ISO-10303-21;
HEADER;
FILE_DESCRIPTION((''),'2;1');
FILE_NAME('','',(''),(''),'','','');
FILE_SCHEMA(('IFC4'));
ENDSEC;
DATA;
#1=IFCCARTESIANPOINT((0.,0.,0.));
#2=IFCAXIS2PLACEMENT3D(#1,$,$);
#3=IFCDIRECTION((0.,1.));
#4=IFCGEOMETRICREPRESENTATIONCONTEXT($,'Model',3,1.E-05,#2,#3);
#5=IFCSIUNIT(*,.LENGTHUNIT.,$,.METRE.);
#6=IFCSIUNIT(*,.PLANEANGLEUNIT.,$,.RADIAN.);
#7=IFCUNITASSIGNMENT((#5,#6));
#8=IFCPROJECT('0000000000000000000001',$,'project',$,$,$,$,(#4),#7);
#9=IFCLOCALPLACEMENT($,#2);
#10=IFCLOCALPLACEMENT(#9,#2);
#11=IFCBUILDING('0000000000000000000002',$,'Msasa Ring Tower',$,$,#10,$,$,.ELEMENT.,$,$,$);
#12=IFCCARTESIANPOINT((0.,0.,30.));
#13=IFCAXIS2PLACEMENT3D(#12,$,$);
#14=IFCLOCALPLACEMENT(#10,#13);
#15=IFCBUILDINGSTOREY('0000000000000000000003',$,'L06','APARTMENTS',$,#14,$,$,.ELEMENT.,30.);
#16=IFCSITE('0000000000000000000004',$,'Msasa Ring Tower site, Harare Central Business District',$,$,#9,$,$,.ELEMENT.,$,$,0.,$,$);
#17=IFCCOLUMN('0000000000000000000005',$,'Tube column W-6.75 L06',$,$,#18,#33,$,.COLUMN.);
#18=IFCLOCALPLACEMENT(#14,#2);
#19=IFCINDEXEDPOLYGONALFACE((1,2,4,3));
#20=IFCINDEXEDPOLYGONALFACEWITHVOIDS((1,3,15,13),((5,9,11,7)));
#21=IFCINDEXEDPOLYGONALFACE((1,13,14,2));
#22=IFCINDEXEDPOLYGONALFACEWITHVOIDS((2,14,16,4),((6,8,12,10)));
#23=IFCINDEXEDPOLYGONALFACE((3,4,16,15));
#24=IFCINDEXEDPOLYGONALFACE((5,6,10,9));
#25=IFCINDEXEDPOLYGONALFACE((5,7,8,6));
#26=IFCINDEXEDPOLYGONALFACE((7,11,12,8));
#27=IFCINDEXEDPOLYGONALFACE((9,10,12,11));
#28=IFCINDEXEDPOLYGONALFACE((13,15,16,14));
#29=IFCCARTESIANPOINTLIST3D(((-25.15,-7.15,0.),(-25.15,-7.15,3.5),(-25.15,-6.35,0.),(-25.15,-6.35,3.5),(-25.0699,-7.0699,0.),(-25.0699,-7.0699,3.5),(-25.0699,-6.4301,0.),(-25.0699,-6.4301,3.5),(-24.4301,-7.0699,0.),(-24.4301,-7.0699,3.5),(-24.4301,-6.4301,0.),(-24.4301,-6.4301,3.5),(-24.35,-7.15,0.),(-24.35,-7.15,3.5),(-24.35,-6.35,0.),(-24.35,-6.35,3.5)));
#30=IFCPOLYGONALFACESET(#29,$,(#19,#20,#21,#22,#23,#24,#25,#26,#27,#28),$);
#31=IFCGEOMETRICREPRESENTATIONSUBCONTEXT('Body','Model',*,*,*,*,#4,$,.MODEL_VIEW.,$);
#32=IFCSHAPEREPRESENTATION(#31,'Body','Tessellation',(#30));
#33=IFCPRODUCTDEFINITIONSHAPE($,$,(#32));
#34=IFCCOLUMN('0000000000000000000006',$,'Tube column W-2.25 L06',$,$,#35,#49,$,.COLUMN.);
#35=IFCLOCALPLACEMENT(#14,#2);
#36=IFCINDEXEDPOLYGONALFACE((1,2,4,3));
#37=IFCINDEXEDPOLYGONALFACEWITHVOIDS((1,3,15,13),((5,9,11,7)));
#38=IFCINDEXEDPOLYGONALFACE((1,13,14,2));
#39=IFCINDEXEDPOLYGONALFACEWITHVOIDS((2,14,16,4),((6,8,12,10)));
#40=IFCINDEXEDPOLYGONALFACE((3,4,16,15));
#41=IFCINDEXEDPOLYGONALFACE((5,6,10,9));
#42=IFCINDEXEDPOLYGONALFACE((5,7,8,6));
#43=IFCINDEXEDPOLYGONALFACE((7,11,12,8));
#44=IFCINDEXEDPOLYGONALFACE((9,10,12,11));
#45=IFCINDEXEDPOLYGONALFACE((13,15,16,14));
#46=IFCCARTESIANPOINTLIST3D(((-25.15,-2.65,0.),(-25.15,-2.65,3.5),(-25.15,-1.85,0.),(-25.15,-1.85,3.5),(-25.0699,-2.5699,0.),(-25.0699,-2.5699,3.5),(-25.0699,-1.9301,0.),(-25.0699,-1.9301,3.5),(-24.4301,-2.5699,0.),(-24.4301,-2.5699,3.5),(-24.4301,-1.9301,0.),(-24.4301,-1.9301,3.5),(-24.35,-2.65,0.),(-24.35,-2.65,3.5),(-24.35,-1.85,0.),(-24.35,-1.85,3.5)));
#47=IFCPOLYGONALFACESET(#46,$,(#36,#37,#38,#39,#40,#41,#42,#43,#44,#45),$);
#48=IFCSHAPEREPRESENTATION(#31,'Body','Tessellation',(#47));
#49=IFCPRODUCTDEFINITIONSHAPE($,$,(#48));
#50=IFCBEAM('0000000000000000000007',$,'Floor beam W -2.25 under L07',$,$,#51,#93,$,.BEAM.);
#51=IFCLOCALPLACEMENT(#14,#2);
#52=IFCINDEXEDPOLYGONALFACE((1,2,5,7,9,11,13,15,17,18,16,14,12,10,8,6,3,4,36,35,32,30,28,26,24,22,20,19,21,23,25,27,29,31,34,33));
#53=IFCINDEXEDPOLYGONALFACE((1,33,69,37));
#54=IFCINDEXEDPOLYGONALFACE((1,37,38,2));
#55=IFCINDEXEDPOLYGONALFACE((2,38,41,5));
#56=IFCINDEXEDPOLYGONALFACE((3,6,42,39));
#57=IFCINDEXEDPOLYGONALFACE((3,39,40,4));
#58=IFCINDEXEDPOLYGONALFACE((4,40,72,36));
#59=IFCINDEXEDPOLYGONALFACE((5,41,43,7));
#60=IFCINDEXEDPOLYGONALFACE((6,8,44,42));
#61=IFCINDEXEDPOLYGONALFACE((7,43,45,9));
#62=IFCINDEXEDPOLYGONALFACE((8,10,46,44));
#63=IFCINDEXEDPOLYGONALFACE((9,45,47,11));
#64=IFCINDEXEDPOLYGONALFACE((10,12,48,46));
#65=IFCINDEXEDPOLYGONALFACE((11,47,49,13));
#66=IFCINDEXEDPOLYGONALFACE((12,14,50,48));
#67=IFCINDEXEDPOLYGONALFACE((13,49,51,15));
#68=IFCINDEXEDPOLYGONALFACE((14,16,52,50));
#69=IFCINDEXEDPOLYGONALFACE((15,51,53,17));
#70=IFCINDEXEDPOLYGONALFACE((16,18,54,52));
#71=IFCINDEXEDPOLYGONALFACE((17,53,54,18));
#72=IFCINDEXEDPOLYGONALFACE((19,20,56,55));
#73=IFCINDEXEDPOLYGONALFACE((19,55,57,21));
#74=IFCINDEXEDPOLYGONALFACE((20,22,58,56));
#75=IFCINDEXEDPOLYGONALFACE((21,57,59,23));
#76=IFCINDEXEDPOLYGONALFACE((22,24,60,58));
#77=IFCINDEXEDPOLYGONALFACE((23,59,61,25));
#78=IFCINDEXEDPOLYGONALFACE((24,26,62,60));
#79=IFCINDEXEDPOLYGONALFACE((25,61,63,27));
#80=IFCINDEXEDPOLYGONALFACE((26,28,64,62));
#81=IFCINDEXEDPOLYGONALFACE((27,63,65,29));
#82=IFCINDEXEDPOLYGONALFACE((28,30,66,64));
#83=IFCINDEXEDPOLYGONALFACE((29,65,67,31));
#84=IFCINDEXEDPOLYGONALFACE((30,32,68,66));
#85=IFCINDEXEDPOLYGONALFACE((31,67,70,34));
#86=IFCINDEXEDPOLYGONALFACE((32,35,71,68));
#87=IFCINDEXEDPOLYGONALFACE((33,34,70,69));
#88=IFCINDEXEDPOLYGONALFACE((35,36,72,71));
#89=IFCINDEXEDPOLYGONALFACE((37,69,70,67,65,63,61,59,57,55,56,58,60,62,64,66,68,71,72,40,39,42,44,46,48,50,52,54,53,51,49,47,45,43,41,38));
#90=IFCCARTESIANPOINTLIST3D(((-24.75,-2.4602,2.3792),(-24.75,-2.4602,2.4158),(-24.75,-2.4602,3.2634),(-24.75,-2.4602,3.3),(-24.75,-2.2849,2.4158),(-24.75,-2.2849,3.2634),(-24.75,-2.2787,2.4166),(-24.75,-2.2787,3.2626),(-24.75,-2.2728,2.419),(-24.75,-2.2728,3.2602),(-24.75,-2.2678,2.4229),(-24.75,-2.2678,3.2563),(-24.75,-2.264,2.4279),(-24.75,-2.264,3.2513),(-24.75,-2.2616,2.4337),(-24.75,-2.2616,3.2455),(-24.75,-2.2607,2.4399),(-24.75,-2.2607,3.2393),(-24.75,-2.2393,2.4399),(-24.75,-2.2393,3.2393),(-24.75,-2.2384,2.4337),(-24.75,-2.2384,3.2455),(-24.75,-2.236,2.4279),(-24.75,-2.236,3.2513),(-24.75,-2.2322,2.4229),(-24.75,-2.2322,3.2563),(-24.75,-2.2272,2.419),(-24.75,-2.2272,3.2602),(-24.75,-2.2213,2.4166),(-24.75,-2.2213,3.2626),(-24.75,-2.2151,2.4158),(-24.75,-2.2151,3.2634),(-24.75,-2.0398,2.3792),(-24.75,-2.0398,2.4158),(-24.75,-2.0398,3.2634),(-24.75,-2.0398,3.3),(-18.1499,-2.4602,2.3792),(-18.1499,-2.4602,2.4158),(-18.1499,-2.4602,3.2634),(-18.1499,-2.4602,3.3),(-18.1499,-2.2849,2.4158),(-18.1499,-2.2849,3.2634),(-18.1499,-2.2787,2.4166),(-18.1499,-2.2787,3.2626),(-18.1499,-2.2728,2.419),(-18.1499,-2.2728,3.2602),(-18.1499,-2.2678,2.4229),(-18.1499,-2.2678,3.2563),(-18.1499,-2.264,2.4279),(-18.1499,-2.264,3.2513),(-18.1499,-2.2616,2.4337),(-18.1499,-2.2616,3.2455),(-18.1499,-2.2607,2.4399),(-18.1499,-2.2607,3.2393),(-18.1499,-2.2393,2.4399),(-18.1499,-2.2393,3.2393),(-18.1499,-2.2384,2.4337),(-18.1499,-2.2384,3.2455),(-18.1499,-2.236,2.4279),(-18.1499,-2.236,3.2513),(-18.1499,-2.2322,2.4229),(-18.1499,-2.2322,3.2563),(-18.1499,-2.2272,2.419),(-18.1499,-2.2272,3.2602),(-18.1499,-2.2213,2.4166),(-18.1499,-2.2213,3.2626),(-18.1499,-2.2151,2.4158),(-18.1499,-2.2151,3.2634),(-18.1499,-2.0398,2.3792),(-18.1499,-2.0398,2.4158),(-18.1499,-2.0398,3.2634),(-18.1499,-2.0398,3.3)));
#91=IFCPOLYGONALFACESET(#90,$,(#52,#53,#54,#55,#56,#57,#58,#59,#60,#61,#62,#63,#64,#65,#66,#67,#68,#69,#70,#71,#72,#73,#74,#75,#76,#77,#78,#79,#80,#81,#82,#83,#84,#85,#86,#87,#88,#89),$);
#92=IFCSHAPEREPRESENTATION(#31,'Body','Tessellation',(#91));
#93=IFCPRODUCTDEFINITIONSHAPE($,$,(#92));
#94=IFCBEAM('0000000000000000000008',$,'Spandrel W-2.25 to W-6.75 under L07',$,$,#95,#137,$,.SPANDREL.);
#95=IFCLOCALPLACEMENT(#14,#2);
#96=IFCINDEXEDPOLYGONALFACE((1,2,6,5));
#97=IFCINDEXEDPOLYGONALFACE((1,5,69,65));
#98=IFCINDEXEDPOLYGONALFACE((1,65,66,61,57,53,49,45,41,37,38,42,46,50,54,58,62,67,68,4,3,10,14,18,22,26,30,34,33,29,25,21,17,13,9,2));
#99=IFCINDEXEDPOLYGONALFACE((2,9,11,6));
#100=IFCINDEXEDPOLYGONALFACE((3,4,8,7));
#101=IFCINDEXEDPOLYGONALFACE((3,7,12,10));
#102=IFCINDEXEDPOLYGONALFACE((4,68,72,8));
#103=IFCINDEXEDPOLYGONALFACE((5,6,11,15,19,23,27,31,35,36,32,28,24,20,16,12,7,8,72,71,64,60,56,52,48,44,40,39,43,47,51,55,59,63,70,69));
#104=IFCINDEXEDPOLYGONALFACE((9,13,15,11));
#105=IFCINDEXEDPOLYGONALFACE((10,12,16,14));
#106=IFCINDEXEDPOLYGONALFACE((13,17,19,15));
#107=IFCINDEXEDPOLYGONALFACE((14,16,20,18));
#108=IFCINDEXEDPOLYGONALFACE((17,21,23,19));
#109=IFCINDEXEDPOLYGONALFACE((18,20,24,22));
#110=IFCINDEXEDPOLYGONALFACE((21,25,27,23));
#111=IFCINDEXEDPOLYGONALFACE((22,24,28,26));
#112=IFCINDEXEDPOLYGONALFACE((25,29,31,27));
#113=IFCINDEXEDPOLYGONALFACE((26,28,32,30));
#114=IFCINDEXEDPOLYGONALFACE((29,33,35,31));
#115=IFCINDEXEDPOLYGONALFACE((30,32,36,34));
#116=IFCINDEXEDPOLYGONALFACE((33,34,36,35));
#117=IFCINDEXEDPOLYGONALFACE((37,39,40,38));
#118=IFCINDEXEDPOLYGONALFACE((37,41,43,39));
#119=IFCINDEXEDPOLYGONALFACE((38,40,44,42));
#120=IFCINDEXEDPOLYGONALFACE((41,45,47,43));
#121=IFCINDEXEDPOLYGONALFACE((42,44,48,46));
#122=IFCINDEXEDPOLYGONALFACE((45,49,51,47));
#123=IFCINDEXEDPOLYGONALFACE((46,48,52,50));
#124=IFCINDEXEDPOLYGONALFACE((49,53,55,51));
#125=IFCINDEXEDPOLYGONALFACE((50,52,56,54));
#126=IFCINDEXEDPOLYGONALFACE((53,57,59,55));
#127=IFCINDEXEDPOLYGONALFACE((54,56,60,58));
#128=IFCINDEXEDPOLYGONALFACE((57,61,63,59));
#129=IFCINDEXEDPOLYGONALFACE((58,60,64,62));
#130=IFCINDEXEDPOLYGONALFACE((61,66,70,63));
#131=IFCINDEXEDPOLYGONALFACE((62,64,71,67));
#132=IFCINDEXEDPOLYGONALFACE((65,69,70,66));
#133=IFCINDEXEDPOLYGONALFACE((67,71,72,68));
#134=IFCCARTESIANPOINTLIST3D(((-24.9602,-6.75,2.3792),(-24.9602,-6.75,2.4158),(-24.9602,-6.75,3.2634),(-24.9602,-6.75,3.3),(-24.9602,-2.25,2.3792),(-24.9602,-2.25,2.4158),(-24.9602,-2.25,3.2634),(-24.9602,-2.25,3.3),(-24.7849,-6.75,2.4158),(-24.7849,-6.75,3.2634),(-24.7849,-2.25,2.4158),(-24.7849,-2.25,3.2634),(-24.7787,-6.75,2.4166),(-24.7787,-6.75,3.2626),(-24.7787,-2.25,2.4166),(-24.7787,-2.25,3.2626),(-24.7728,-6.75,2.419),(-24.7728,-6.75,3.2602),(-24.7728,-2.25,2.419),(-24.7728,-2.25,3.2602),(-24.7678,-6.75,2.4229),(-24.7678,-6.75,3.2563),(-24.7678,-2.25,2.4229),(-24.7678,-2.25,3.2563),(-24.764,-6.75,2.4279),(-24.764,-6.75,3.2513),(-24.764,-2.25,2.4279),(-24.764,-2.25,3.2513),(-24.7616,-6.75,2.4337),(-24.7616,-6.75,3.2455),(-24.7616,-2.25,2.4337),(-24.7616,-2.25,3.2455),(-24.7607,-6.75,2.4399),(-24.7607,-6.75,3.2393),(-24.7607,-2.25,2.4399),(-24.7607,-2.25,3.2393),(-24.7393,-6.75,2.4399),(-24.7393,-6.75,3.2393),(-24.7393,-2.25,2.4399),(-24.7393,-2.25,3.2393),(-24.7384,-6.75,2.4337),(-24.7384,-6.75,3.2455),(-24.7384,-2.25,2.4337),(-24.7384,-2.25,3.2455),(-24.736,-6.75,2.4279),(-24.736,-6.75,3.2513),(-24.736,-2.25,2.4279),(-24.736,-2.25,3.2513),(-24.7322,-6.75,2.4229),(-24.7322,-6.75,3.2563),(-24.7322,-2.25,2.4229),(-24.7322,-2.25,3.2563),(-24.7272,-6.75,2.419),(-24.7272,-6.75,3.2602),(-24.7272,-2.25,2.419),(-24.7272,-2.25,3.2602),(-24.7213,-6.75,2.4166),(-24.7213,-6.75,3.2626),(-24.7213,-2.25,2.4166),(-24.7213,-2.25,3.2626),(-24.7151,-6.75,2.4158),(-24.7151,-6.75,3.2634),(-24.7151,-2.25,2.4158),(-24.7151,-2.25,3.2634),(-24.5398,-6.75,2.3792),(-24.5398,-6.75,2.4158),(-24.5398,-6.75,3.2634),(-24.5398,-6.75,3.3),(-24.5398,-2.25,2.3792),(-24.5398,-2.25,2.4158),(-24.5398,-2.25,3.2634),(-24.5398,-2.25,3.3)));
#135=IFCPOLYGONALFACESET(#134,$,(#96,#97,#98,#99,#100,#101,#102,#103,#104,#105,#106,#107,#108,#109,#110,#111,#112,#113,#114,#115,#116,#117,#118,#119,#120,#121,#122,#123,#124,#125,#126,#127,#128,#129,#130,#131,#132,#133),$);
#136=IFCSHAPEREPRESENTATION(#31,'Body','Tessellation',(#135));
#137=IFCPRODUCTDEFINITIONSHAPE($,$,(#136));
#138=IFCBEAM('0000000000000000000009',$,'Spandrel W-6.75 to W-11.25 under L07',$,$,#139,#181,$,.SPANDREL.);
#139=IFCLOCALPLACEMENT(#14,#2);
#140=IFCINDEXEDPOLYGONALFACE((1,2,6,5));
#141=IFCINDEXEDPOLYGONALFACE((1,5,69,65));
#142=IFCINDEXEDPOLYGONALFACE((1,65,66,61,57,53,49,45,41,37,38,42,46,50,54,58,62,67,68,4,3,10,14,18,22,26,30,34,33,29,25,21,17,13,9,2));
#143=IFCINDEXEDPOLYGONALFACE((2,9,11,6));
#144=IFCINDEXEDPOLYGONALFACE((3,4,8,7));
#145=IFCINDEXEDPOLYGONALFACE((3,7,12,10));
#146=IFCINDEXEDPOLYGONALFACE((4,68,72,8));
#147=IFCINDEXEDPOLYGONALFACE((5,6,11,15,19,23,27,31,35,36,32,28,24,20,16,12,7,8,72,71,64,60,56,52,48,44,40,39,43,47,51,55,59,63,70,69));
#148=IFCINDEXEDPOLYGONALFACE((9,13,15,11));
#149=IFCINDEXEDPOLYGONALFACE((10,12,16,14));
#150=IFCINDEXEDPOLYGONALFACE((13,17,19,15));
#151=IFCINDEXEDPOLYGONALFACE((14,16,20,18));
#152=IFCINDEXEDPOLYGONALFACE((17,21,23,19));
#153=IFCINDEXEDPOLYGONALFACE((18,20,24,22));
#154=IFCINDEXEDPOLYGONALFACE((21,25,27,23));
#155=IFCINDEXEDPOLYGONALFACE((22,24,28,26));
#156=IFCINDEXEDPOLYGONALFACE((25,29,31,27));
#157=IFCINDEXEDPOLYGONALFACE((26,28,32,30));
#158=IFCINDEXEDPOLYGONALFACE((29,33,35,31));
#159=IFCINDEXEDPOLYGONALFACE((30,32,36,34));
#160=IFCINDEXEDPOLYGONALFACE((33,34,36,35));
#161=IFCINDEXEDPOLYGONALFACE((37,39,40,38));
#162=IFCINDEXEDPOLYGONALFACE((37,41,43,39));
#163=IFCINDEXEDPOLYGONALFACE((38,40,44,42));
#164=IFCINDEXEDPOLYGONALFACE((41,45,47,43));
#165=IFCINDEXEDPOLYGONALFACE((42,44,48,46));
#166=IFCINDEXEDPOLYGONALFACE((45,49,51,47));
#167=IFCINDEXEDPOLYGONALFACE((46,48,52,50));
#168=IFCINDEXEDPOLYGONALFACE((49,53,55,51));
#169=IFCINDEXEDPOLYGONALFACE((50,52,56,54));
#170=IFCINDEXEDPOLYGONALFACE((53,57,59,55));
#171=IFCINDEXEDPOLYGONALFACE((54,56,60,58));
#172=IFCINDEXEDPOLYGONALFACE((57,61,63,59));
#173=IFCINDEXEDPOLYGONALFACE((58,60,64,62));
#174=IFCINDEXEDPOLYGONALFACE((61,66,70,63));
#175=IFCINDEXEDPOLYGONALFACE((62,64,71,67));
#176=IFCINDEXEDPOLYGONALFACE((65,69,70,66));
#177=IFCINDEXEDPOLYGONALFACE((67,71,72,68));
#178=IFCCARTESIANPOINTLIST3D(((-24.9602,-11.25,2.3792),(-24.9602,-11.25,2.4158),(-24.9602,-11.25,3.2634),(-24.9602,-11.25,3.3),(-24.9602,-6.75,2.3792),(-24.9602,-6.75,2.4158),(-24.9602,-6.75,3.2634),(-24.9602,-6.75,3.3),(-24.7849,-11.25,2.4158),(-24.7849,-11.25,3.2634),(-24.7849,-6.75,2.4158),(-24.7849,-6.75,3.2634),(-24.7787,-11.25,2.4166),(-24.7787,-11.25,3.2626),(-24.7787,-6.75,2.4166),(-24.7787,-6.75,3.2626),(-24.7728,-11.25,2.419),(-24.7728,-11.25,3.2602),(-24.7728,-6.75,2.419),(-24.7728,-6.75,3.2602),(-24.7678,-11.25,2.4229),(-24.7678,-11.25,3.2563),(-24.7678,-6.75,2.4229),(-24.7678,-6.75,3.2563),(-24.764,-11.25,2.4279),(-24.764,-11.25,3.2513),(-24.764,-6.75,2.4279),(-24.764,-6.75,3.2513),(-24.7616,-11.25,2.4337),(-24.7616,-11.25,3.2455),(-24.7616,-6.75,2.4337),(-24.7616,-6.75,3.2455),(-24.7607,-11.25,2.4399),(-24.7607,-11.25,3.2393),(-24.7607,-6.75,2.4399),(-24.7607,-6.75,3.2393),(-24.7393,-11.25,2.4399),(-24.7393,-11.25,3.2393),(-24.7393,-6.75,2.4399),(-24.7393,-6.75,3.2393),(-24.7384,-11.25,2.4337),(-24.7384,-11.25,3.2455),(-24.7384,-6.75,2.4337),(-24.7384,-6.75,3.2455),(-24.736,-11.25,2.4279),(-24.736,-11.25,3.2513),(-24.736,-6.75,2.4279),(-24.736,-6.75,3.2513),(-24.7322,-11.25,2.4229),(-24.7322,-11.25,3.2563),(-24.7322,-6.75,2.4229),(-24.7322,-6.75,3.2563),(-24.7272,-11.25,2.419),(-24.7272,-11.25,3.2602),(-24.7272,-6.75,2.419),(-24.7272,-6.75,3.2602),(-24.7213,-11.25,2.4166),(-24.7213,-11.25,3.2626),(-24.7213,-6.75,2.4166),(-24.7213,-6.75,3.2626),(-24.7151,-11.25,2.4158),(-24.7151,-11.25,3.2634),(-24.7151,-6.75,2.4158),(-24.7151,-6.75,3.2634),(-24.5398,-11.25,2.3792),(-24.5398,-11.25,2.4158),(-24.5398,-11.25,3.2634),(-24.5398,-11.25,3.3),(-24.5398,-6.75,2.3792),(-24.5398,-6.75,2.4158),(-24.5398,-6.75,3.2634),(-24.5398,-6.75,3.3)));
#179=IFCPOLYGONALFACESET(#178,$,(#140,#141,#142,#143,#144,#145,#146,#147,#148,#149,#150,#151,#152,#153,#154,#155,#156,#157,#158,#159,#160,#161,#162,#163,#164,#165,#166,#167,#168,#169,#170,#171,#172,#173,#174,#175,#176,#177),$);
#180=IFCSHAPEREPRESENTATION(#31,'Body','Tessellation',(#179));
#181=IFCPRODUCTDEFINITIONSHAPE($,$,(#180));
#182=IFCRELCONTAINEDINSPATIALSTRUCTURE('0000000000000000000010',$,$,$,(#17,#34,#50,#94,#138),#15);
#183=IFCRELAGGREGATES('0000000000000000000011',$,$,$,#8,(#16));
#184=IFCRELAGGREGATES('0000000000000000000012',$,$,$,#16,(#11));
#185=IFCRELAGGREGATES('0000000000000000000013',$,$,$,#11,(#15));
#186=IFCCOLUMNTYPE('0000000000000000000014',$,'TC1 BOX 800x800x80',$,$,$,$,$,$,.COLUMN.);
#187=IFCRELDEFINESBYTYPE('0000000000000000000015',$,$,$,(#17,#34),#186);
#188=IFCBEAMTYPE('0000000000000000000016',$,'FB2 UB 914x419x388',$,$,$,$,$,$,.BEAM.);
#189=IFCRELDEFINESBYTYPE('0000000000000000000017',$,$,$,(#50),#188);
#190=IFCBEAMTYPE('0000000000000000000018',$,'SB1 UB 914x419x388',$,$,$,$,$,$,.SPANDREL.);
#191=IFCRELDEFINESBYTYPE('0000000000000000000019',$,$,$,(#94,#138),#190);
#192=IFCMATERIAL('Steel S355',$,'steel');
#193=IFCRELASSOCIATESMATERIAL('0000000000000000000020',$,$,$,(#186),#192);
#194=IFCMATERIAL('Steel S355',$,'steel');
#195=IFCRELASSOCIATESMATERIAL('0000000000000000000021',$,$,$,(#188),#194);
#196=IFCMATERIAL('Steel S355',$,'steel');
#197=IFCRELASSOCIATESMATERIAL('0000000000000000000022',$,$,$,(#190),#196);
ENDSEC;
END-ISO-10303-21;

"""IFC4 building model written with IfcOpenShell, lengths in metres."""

from ifc_helpers import new_model, si_unit, direction, frame, origin, origin_2d, place, context, subcontext, project, spatial, hollow_rectangle, i_section, extrude, material, material_profile, profile_set, type_object, element, save


model = new_model("IFC4")

# Units and contexts
model_context = context("Model", 3, precision=1e-05, world=origin(), true_north=direction((0.0, 1.0)))
body_context = subcontext(model_context, "Body", "Model", "MODEL_VIEW")
ifc_project = project(units=[si_unit("LENGTHUNIT", "METRE"), si_unit("PLANEANGLEUNIT", "RADIAN")], contexts=[model_context])

# Site, building, storey
site_placement = place(None, origin())
site = spatial("IfcSite", under=ifc_project, at=site_placement, Name="Msasa Ring Tower site, Harare Central Business District", CompositionType="ELEMENT", RefElevation=0.0)
building_placement = place(site_placement, origin())
building = spatial("IfcBuilding", under=site, at=building_placement, Name="Msasa Ring Tower", CompositionType="ELEMENT")
storey_placement = place(building_placement, frame((0.0, 0.0, 30.0)))
storey = spatial("IfcBuildingStorey", under=building, at=storey_placement, Name="L06", Description="APARTMENTS", CompositionType="ELEMENT", Elevation=30.0)

# Columns
ifc_material_1 = material(Name="Steel S355", Category="steel")
ifc_material_profile_1 = material_profile(ifc_material_1, hollow_rectangle(XDim=0.8, YDim=0.8, WallThickness=0.0801, at=origin_2d()), Name="BOX 800x800x80")
ifc_profile_set_1 = profile_set([ifc_material_profile_1], Name="Steel S355")
column_type = type_object("IfcColumnType", Name="TC1 BOX 800x800x80", PredefinedType="COLUMN", material=ifc_profile_set_1)
for number, where, z_axis, x_axis, name in (
    (1, (-24.75, -6.75, 0.0), (0.0, 0.0, 1.0), (1.0, 0.0, 0.0), "Tube column W-6.75 L06"),
    (2, (-24.75, -2.25, 0.0), (0.0, 0.0, 1.0), (1.0, 0.0, 0.0), "Tube column W-2.25 L06"),
):
    element("IfcColumn", number, at=place(storey_placement, frame(where, z_axis=z_axis, x_axis=x_axis)), inside=storey, type_object=column_type, Name=name, PredefinedType="COLUMN", context=body_context, shape_type="SweptSolid", body=[
        extrude(hollow_rectangle(XDim=0.8, YDim=0.8, WallThickness=0.0801, at=origin_2d()), origin(), (0.0, 0.0, 1.0), 3.5),
    ])

# Beams
ifc_material_2 = material(Name="Steel S355", Category="steel")
ifc_material_profile_2 = material_profile(ifc_material_2, i_section(OverallWidth=0.4204, OverallDepth=0.9209, WebThickness=0.0215, FlangeThickness=0.0366, FilletRadius=0.0242, at=origin_2d()), Name="UB 914x419x388")
ifc_profile_set_2 = profile_set([ifc_material_profile_2], Name="Steel S355")
beam_type_1 = type_object("IfcBeamType", Name="FB2 UB 914x419x388", PredefinedType="BEAM", material=ifc_profile_set_2)
beam_placement = place(storey_placement, frame((-24.75, -2.25, 2.8396), z_axis=(1.0, 0.0, 0.0), x_axis=(0.0, 1.0, 0.0)))
element("IfcBeam", 3, at=beam_placement, inside=storey, type_object=beam_type_1, Name="Floor beam W -2.25 under L07", PredefinedType="BEAM", context=body_context, shape_type="SweptSolid", body=[
    extrude(i_section(OverallWidth=0.4204, OverallDepth=0.9209, WebThickness=0.0215, FlangeThickness=0.0366, FilletRadius=0.0242, at=origin_2d()), origin(), (0.0, 0.0, 1.0), 6.6001),
])
ifc_material_3 = material(Name="Steel S355", Category="steel")
ifc_material_profile_3 = material_profile(ifc_material_3, i_section(OverallWidth=0.4204, OverallDepth=0.9209, WebThickness=0.0215, FlangeThickness=0.0366, FilletRadius=0.0242, at=origin_2d()), Name="UB 914x419x388")
ifc_profile_set_3 = profile_set([ifc_material_profile_3], Name="Steel S355")
beam_type_2 = type_object("IfcBeamType", Name="SB1 UB 914x419x388", PredefinedType="SPANDREL", material=ifc_profile_set_3)
for number, where, z_axis, x_axis, name in (
    (4, (-24.75, -2.25, 2.8396), (0.0, -1.0, 0.0), (1.0, 0.0, 0.0), "Spandrel W-2.25 to W-6.75 under L07"),
    (5, (-24.75, -6.75, 2.8396), (0.0, -1.0, 0.0), (1.0, 0.0, 0.0), "Spandrel W-6.75 to W-11.25 under L07"),
):
    element("IfcBeam", number, at=place(storey_placement, frame(where, z_axis=z_axis, x_axis=x_axis)), inside=storey, type_object=beam_type_2, Name=name, PredefinedType="SPANDREL", context=body_context, shape_type="SweptSolid", body=[
        extrude(i_section(OverallWidth=0.4204, OverallDepth=0.9209, WebThickness=0.0215, FlangeThickness=0.0366, FilletRadius=0.0242, at=origin_2d()), origin(), (0.0, 0.0, 1.0), 4.5),
    ])

save(model, "model.ifc")
